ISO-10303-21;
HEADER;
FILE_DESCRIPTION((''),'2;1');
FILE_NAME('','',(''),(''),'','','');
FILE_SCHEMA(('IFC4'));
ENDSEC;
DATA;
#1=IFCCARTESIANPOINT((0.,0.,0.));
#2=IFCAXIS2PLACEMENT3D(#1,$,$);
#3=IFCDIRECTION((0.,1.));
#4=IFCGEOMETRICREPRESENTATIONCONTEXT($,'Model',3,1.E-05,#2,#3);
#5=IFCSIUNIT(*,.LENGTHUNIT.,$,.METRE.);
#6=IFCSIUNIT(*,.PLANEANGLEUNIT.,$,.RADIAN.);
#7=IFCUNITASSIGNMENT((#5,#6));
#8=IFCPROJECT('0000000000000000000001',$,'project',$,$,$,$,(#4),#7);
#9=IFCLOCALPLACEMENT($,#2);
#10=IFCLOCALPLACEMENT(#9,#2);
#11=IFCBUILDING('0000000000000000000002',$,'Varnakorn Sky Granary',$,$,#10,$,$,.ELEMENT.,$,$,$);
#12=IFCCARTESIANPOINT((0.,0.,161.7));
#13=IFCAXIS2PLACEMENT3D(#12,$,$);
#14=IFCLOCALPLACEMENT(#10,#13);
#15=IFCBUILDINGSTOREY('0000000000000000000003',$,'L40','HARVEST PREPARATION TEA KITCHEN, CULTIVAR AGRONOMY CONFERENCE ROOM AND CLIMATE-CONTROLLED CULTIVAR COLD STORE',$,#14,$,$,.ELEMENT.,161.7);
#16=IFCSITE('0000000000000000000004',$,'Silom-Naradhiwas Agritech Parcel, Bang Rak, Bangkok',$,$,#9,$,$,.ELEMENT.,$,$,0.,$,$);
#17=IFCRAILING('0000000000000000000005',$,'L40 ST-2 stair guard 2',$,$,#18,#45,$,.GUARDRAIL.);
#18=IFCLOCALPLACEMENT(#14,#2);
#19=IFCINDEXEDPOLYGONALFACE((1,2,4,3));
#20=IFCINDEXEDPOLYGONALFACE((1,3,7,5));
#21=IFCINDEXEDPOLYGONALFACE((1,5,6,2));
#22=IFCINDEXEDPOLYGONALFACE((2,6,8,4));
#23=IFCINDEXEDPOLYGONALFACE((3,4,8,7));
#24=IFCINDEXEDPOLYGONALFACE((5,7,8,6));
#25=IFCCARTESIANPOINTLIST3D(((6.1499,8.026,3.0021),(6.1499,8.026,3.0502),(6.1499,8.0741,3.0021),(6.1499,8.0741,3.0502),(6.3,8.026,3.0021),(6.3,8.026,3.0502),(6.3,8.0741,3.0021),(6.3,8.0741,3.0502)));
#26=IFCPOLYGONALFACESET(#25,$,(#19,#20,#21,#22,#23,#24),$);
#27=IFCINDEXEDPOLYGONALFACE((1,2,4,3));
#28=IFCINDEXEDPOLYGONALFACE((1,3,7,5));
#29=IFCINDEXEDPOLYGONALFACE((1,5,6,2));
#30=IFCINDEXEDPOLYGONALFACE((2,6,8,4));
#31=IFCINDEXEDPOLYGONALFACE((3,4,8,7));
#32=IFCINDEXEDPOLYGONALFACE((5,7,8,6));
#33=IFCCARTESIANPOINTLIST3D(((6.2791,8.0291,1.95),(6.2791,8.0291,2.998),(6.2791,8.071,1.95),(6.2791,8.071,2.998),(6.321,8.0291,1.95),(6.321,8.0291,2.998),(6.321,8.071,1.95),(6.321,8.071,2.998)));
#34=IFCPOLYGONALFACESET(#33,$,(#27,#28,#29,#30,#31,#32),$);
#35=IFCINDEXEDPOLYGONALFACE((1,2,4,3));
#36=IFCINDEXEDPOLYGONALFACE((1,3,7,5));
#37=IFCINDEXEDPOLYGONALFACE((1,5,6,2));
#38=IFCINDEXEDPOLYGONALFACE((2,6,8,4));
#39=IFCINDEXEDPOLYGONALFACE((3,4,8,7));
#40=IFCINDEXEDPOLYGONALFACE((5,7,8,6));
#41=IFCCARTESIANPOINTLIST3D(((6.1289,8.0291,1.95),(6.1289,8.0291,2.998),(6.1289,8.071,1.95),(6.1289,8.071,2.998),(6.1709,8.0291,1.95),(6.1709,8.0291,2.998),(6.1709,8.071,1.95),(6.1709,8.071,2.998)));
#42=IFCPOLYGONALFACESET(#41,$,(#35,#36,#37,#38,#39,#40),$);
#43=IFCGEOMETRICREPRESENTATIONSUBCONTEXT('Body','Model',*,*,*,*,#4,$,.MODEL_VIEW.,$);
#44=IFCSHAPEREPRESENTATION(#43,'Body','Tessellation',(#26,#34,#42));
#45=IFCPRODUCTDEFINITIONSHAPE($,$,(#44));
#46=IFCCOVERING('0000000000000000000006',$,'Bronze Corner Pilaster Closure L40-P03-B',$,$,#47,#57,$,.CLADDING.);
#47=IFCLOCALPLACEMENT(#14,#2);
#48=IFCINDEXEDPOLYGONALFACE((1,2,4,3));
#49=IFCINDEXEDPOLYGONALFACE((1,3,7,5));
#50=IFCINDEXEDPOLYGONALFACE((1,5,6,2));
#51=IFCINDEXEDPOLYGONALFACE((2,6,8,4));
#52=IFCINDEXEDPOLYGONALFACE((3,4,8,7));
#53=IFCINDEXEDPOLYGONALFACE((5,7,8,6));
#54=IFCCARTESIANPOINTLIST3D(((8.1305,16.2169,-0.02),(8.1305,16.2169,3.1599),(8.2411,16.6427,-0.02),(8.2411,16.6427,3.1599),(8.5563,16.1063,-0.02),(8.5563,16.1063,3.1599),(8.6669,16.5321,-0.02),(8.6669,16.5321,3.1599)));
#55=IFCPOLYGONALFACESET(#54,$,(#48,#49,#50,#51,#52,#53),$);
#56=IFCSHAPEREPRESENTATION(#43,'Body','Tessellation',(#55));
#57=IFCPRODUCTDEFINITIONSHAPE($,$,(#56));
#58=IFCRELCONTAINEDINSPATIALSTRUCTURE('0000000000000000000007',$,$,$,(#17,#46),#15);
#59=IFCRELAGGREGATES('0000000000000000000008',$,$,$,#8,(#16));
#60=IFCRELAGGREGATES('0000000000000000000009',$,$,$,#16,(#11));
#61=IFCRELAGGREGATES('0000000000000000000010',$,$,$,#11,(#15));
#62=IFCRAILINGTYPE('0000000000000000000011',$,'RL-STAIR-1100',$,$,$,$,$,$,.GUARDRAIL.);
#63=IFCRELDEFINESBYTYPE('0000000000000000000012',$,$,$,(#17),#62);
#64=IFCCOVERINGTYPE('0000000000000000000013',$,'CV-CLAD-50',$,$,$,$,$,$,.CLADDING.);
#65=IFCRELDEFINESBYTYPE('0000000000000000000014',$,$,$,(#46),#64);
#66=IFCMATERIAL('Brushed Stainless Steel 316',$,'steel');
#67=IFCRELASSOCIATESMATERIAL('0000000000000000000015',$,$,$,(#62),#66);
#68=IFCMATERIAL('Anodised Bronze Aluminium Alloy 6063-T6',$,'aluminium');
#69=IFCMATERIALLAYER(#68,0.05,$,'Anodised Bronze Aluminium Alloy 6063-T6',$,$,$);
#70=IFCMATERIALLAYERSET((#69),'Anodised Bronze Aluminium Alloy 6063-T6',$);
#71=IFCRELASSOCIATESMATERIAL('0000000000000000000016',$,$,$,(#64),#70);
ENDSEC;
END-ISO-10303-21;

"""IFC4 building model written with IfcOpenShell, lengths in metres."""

from ifc_helpers import new_model, si_unit, direction, frame, origin, origin_2d, place, context, subcontext, project, spatial, rectangle, extrude, source, transform, mapped, material, layer, layer_set, type_object, type_shapes, element, save


model = new_model("IFC4")

# Units and contexts
model_context = context("Model", 3, precision=1e-05, world=origin(), true_north=direction((0.0, 1.0)))
body_context = subcontext(model_context, "Body", "Model", "MODEL_VIEW")
ifc_project = project(units=[si_unit("LENGTHUNIT", "METRE"), si_unit("PLANEANGLEUNIT", "RADIAN")], contexts=[model_context])

# Site, building, storey
site_placement = place(None, origin())
site = spatial("IfcSite", under=ifc_project, at=site_placement, Name="Silom-Naradhiwas Agritech Parcel, Bang Rak, Bangkok", CompositionType="ELEMENT", RefElevation=0.0)
building_placement = place(site_placement, origin())
building = spatial("IfcBuilding", under=site, at=building_placement, Name="Varnakorn Sky Granary", CompositionType="ELEMENT")
storey_placement = place(building_placement, frame((0.0, 0.0, 161.7)))
storey = spatial("IfcBuildingStorey", under=building, at=storey_placement, Name="L40", Description="HARVEST PREPARATION TEA KITCHEN, CULTIVAR AGRONOMY CONFERENCE ROOM AND CLIMATE-CONTROLLED CULTIVAR COLD STORE", CompositionType="ELEMENT", Elevation=161.7)

# Shared definitions
ifc_material_1 = material(Name="Anodised Bronze Aluminium Alloy 6063-T6", Category="aluminium")

# Railing
ifc_material_2 = material(Name="Brushed Stainless Steel 316", Category="steel")
railing_type = type_object("IfcRailingType", Name="RL-STAIR-1100", PredefinedType="GUARDRAIL", material=ifc_material_2)
railing_placement = place(storey_placement, frame((6.3, 8.05, 1.95)))
element("IfcRailing", 1, at=railing_placement, inside=storey, type_object=railing_type, Name="L40 ST-2 stair guard 2", PredefinedType="GUARDRAIL", context=body_context, shape_type="SweptSolid", body=[
    extrude(rectangle(XDim=0.0481, YDim=0.0481, at=origin_2d()), frame((0.0, 0.0, 1.0762), z_axis=(-1.0, 0.0, 0.0), x_axis=(0.0, -1.0, 0.0)), (0.0, 0.0, 1.0), 0.1501),
    extrude(rectangle(XDim=0.042, YDim=0.042, at=origin_2d()), origin(), (0.0, 0.0, 1.0), 1.0481),
    extrude(rectangle(XDim=0.042, YDim=0.042, at=origin_2d()), frame((-0.1501, 0.0, 0.0)), (0.0, 0.0, 1.0), 1.0481),
])

# Covering
ifc_layer_1 = layer(ifc_material_1, 0.05, Name="Anodised Bronze Aluminium Alloy 6063-T6")
ifc_layer_set_1 = layer_set([ifc_layer_1], Name="Anodised Bronze Aluminium Alloy 6063-T6")
covering_type = type_object("IfcCoveringType", Name="CV-CLAD-50", PredefinedType="CLADDING", material=ifc_layer_set_1)
shared_shape = source(origin(), body_context, "Body", "SweptSolid", [
    extrude(rectangle(XDim=0.4399, YDim=0.4399, at=origin_2d()), origin(), (0.0, 0.0, 1.0), 3.1799),
])
type_shapes(covering_type, [shared_shape])
covering_placement = place(storey_placement, frame((8.3987, 16.3745, -0.02), z_axis=(0.0, 0.0, 1.0), x_axis=(0.967885, -0.251394, 0.0)))
element("IfcCovering", 2, at=covering_placement, inside=storey, type_object=covering_type, Name="Bronze Corner Pilaster Closure L40-P03-B", PredefinedType="CLADDING", context=body_context, shape_type="MappedRepresentation", body=[
    mapped(shared_shape, transform((0.0, 0.0, 0.0), x_axis=(1.0, 0.0, 0.0), y_axis=(0.0, 1.0, 0.0), z_axis=(0.0, 0.0, 1.0), scale=1.0)),
])

save(model, "model.ifc")
